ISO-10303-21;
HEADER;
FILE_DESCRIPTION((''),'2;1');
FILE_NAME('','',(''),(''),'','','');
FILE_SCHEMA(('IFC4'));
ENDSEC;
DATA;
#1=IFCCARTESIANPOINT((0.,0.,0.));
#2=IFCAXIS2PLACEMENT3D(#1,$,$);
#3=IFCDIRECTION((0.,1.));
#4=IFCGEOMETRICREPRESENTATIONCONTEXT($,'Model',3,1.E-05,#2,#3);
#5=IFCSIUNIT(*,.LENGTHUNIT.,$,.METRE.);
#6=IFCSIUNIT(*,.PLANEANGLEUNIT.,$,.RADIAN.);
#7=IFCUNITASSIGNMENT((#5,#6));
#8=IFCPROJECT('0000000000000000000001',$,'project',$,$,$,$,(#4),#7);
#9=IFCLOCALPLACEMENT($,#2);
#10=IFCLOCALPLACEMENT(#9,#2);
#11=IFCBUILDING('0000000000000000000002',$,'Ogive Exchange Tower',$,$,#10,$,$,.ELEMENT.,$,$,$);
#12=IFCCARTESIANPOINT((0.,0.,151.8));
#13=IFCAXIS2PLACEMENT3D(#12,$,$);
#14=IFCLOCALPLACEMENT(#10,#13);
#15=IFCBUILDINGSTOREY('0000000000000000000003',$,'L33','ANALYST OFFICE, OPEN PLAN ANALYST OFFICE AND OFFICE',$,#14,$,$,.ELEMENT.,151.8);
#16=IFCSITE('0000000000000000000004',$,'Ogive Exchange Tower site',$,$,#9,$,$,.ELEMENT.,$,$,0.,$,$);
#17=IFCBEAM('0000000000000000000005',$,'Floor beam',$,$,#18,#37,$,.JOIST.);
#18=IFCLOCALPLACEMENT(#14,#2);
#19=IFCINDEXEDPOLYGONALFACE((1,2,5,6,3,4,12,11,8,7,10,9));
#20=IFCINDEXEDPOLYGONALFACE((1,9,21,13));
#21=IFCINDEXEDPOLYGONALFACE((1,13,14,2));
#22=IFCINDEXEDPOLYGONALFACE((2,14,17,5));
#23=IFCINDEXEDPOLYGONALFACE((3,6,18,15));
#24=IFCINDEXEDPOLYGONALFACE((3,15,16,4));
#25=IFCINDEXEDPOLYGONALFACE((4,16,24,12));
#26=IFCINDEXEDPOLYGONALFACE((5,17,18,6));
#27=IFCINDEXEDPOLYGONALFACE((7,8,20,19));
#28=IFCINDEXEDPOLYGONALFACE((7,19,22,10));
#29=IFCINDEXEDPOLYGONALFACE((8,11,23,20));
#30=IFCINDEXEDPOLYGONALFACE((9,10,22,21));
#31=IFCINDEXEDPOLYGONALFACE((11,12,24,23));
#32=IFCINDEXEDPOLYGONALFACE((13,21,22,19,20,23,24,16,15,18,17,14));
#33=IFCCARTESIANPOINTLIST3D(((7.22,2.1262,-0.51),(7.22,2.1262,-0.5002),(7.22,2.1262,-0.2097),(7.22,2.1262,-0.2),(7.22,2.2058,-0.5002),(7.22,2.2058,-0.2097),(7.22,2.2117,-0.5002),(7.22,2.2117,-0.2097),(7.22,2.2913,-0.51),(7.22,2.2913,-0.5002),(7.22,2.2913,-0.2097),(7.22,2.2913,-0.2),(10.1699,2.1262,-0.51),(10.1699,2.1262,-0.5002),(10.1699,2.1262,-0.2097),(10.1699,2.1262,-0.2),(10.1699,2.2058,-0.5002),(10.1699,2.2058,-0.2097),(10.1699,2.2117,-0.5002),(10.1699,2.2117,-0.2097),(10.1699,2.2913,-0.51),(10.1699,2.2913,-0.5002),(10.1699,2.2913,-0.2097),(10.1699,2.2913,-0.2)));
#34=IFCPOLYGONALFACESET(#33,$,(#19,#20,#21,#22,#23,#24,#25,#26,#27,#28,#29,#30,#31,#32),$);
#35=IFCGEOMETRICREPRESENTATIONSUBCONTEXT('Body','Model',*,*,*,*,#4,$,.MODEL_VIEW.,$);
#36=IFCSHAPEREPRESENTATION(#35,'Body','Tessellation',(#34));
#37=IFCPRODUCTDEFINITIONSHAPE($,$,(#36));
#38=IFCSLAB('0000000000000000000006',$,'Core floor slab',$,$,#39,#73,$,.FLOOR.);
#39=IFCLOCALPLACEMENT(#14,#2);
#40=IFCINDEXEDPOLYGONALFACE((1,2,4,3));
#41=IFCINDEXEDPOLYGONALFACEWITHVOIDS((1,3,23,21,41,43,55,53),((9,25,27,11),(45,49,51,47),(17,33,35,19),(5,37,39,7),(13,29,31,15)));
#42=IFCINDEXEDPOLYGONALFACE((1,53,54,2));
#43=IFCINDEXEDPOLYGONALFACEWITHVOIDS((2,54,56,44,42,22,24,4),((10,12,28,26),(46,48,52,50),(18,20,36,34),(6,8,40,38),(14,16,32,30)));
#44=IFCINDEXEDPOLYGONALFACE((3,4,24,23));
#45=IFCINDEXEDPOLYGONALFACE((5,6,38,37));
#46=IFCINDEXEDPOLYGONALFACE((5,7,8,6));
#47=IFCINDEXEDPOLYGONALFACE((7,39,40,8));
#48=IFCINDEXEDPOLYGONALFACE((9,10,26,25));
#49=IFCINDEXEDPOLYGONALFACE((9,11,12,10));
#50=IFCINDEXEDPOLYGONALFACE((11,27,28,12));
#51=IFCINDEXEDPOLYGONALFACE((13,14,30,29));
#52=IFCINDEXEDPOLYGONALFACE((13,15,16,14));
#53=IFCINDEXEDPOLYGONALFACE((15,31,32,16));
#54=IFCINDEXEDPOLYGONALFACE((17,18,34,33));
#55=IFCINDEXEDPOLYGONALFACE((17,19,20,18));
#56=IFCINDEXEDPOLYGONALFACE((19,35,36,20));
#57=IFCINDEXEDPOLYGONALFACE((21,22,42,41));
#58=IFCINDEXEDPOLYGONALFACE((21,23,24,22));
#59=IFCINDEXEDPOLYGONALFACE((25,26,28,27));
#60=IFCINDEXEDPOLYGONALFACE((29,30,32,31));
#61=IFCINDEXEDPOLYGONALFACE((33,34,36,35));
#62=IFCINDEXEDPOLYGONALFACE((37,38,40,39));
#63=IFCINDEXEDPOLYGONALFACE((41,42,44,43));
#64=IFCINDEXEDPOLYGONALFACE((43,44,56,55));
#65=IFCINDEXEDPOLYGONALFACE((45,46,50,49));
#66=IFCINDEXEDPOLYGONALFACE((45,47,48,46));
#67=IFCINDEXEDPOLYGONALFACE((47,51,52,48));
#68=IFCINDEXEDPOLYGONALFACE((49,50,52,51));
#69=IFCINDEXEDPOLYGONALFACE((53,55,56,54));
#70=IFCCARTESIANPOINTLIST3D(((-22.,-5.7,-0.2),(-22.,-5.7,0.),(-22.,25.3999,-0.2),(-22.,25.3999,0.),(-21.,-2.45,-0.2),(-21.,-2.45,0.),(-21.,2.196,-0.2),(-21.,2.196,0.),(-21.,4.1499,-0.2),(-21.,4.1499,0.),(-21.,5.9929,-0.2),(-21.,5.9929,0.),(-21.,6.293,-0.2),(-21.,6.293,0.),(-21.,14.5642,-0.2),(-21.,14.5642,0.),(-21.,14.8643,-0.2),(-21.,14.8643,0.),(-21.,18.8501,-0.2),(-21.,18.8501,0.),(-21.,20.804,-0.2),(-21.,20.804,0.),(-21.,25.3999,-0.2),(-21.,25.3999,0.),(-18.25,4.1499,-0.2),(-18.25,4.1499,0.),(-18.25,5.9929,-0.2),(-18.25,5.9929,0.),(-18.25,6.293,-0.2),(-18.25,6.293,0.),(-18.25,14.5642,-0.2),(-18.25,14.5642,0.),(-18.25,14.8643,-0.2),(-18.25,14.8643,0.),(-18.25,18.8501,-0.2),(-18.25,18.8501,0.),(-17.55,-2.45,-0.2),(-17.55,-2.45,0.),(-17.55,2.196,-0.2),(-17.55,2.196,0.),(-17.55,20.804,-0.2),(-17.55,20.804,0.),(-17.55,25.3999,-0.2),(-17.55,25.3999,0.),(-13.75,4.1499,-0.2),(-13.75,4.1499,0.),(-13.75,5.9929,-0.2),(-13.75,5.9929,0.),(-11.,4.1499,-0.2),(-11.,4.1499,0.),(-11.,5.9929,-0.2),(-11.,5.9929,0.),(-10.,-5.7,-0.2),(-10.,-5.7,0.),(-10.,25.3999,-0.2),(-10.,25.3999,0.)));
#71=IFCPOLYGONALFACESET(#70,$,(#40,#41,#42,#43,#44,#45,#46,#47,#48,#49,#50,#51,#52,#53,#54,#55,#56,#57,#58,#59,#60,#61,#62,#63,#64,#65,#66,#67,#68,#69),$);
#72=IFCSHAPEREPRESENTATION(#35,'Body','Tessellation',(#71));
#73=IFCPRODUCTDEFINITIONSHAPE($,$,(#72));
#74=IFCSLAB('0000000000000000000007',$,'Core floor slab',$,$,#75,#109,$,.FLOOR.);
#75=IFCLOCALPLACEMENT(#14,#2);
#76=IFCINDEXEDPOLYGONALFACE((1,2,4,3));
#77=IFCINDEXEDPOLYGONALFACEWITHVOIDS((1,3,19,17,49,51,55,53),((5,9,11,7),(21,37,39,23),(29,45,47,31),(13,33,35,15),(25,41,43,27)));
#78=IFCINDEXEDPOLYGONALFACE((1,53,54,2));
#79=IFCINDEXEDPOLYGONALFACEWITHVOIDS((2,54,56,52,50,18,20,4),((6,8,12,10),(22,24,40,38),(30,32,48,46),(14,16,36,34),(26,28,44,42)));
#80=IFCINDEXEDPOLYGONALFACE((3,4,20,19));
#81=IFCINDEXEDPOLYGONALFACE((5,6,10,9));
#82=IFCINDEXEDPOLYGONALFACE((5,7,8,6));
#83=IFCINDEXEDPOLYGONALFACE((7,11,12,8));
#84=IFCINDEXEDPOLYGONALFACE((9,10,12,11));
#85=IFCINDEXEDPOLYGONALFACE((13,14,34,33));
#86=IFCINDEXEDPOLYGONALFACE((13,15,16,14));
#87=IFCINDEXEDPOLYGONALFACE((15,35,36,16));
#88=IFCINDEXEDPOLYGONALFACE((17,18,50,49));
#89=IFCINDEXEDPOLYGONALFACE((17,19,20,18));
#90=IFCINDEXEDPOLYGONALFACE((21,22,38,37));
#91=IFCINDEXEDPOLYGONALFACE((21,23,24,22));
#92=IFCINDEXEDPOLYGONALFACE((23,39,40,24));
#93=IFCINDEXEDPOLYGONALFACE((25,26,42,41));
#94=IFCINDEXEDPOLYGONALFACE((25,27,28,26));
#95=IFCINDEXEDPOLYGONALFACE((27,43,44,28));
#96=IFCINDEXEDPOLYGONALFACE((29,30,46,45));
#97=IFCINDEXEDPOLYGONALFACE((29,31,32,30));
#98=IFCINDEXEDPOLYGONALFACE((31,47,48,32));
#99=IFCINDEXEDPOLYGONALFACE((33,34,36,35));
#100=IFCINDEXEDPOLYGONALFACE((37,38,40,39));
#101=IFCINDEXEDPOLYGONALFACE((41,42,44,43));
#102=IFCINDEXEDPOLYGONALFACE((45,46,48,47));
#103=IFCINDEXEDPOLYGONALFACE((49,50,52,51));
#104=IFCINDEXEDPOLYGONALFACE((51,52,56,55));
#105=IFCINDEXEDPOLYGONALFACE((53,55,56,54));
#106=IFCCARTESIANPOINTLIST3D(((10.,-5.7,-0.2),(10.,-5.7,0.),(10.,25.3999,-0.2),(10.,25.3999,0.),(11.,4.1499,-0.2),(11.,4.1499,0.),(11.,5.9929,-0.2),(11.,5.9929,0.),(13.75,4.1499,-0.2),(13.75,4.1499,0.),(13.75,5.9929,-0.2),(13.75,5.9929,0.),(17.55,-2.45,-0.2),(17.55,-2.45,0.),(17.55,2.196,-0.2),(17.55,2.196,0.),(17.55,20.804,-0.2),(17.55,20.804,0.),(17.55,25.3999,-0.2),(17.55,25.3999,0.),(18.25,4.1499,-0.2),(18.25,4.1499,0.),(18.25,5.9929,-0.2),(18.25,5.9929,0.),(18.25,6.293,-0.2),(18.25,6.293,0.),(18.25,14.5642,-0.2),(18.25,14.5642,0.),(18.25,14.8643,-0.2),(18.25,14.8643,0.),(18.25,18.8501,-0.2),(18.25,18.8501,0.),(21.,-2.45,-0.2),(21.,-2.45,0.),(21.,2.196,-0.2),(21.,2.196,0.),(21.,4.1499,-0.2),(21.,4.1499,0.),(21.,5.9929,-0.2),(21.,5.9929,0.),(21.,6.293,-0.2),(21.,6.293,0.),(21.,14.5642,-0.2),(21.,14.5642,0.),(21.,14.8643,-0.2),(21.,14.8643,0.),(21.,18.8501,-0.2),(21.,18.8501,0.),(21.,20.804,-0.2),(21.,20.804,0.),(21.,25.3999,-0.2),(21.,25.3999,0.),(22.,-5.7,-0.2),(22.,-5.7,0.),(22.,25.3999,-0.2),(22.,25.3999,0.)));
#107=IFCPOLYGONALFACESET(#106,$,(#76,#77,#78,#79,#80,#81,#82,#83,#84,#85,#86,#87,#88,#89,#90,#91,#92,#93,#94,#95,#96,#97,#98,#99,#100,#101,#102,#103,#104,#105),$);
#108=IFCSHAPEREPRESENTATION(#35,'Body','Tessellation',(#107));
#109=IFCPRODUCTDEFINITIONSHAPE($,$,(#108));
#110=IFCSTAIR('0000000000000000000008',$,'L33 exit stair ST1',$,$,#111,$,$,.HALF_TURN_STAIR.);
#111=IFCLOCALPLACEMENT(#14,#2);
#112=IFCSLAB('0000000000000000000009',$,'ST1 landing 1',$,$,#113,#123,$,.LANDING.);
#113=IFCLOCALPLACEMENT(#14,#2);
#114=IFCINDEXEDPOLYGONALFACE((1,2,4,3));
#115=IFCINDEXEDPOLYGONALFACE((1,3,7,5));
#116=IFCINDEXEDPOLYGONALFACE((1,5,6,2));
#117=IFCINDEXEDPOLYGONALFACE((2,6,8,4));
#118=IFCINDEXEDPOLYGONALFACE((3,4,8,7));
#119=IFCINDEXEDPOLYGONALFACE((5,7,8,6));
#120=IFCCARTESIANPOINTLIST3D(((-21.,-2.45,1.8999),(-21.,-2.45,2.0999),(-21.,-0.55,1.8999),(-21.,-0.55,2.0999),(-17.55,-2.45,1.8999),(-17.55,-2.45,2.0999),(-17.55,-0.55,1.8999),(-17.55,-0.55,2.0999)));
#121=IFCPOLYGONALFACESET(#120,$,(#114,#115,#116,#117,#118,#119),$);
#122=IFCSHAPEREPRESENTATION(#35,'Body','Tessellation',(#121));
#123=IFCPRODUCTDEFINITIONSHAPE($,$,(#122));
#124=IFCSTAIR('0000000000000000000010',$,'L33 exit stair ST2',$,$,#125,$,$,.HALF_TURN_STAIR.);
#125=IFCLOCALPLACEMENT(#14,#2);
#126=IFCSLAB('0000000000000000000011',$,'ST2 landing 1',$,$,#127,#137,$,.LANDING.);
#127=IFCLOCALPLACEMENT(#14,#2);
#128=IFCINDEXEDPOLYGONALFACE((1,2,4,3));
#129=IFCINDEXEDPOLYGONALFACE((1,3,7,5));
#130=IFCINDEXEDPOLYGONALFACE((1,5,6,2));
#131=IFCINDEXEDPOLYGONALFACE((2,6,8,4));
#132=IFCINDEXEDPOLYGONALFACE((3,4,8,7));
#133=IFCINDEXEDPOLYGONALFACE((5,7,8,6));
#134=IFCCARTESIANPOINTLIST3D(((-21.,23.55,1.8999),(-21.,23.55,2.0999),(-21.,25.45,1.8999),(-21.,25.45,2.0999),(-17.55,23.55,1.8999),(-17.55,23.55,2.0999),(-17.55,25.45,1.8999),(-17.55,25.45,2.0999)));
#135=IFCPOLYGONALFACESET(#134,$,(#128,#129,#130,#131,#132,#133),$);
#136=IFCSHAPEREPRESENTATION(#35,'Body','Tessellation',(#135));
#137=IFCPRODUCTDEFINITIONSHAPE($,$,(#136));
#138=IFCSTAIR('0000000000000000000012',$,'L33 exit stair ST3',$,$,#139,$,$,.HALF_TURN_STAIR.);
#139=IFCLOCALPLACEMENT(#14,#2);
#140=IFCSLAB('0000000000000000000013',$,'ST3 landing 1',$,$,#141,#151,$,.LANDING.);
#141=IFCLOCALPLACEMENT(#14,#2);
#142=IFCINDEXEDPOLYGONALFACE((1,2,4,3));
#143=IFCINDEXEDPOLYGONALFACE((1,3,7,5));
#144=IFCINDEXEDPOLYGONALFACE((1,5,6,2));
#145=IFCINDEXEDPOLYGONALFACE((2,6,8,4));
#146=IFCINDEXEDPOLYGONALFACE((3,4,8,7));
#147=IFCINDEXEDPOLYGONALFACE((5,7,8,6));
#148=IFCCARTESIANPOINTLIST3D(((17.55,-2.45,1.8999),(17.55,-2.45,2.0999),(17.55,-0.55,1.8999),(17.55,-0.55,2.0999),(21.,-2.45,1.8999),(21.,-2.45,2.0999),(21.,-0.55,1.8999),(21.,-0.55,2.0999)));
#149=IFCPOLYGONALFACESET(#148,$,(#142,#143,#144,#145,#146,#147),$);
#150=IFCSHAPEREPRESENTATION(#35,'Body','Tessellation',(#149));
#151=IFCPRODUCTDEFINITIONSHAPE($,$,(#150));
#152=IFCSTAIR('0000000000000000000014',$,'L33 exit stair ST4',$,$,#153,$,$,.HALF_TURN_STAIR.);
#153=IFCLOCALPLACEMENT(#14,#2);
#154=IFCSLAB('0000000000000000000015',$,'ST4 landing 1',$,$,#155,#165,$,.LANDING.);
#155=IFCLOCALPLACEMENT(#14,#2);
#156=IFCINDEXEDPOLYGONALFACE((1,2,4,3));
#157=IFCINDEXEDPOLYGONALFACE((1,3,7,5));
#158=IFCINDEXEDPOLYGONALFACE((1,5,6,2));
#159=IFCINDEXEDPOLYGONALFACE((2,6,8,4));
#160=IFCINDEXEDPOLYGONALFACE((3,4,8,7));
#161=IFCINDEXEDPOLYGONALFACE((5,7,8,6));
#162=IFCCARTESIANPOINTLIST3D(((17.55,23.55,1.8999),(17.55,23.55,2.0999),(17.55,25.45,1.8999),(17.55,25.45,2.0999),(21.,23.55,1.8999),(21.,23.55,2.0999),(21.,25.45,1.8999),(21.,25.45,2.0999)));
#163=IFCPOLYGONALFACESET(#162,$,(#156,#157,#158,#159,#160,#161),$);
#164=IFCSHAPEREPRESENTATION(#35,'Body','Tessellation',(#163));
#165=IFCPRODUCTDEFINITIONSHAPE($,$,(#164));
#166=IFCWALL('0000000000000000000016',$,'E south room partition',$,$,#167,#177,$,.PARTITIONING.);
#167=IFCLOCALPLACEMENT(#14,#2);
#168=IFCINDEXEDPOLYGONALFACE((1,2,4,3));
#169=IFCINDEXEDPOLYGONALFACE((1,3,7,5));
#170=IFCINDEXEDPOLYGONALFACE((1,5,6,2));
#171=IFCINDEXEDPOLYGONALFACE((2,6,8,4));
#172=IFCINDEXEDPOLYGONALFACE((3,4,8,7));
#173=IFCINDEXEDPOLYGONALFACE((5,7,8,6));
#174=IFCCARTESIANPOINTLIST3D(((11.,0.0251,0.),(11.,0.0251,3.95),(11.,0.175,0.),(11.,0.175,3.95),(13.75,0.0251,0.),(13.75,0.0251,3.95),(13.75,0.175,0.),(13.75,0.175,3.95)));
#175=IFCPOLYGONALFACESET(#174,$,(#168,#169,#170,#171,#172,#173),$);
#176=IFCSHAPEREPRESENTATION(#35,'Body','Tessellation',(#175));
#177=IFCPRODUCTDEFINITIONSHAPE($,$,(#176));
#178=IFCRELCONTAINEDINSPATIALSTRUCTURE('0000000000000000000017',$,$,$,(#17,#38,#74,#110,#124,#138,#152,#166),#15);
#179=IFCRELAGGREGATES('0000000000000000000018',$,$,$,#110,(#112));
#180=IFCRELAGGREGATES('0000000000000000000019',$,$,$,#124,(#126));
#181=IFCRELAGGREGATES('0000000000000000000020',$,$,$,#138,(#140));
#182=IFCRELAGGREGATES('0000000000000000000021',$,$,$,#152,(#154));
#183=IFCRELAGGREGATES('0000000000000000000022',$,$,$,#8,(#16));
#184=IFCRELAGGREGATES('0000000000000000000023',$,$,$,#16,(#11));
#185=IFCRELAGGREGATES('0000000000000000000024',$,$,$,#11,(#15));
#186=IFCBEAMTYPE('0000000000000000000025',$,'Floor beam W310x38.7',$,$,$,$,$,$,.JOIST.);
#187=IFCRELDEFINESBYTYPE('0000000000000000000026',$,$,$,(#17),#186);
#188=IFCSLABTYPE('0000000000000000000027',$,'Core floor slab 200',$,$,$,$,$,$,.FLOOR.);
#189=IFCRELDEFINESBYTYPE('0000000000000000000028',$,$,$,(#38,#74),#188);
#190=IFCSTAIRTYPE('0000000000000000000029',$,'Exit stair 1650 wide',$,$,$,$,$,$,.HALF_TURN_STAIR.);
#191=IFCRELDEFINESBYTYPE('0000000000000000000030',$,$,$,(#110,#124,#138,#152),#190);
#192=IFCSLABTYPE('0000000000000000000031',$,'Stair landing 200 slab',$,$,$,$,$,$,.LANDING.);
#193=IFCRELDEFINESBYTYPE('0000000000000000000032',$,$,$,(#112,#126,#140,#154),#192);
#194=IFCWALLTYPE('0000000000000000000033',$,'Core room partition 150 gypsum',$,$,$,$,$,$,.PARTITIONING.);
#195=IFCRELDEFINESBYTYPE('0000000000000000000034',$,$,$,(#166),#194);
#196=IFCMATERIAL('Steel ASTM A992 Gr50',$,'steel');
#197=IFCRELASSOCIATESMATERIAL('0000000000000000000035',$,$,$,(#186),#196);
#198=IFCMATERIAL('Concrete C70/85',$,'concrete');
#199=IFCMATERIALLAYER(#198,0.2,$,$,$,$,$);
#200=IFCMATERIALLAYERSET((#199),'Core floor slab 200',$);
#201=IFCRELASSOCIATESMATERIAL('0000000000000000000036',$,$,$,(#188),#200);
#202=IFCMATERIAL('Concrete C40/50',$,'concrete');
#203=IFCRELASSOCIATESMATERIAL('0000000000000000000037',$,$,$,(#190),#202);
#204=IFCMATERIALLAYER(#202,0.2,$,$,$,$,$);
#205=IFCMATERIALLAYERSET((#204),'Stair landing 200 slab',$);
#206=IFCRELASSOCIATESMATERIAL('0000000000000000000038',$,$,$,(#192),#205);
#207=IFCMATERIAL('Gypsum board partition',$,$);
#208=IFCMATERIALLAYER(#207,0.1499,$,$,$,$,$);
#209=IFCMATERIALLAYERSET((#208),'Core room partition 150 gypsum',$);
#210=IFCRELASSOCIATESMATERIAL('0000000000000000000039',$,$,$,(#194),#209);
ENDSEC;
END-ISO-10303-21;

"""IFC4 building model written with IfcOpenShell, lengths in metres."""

from ifc_helpers import new_model, si_unit, direction, frame, frame_2d, origin, origin_2d, place, context, subcontext, project, spatial, polyline, rectangle, i_section, outline, extrude, material, layer, layer_set, material_profile, profile_set, type_object, element, aggregate, save


model = new_model("IFC4")

# Units and contexts
model_context = context("Model", 3, precision=1e-05, world=origin(), true_north=direction((0.0, 1.0)))
body_context = subcontext(model_context, "Body", "Model", "MODEL_VIEW")
ifc_project = project(units=[si_unit("LENGTHUNIT", "METRE"), si_unit("PLANEANGLEUNIT", "RADIAN")], contexts=[model_context])

# Site, building, storey
site_placement = place(None, origin())
site = spatial("IfcSite", under=ifc_project, at=site_placement, Name="Ogive Exchange Tower site", CompositionType="ELEMENT", RefElevation=0.0)
building_placement = place(site_placement, origin())
building = spatial("IfcBuilding", under=site, at=building_placement, Name="Ogive Exchange Tower", CompositionType="ELEMENT")
storey_placement = place(building_placement, frame((0.0, 0.0, 151.8)))
storey = spatial("IfcBuildingStorey", under=building, at=storey_placement, Name="L33", Description="ANALYST OFFICE, OPEN PLAN ANALYST OFFICE AND OFFICE", CompositionType="ELEMENT", Elevation=151.8)

# Beam
ifc_material_1 = material(Name="Steel ASTM A992 Gr50", Category="steel")
ifc_material_profile = material_profile(ifc_material_1, i_section(OverallWidth=0.165, OverallDepth=0.3101, WebThickness=0.0059, FlangeThickness=0.0098, at=origin_2d()), Name="W310x38.7")
ifc_profile_set = profile_set([ifc_material_profile], Name="Steel ASTM A992 Gr50")
beam_type = type_object("IfcBeamType", Name="Floor beam W310x38.7", PredefinedType="JOIST", material=ifc_profile_set)
beam_placement = place(storey_placement, frame((7.22, 2.2087, -0.355), z_axis=(1.0, 0.0, 0.0), x_axis=(0.0, 1.0, 0.0)))
element("IfcBeam", 1, at=beam_placement, inside=storey, type_object=beam_type, Name="Floor beam", PredefinedType="JOIST", context=body_context, shape_type="SweptSolid", body=[
    extrude(i_section(OverallWidth=0.165, OverallDepth=0.3101, WebThickness=0.0059, FlangeThickness=0.0098, at=origin_2d()), origin(), (0.0, 0.0, 1.0), 2.95),
])

# Slabs
ifc_material_2 = material(Name="Concrete C70/85", Category="concrete")
ifc_layer_1 = layer(ifc_material_2, 0.2)
ifc_layer_set_1 = layer_set([ifc_layer_1], Name="Core floor slab 200")
slab_type_1 = type_object("IfcSlabType", Name="Core floor slab 200", PredefinedType="FLOOR", material=ifc_layer_set_1)
slab_1_placement = place(storey_placement, frame((0.0, 0.0, -0.2)))
element("IfcSlab", 2, at=slab_1_placement, inside=storey, type_object=slab_type_1, Name="Core floor slab", PredefinedType="FLOOR", context=body_context, shape_type="SweptSolid", body=[
    extrude(outline(polyline([(-10.0, 25.3999), (-10.0, -5.7), (-22.0, -5.7), (-22.0, 25.3999), (-21.0, 25.3999), (-21.0, 20.804), (-17.55, 20.804), (-17.55, 25.3999), (-10.0, 25.3999)]), holes=[polyline([(-17.55, 2.196), (-21.0, 2.196), (-21.0, -2.45), (-17.55, -2.45), (-17.55, 2.196)]), polyline([(-18.25, 5.9929), (-21.0, 5.9929), (-21.0, 4.1499), (-18.25, 4.1499), (-18.25, 5.9929)]), polyline([(-11.0, 5.9929), (-13.75, 5.9929), (-13.75, 4.1499), (-11.0, 4.1499), (-11.0, 5.9929)]), polyline([(-21.0, 14.5642), (-21.0, 6.293), (-18.25, 6.293), (-18.25, 14.5642), (-21.0, 14.5642)]), polyline([(-18.25, 18.8501), (-21.0, 18.8501), (-21.0, 14.8643), (-18.25, 14.8643), (-18.25, 18.8501)])]), origin(), (0.0, 0.0, 1.0), 0.2),
])
slab_2_placement = place(storey_placement, frame((0.0, 0.0, -0.2)))
element("IfcSlab", 3, at=slab_2_placement, inside=storey, type_object=slab_type_1, Name="Core floor slab", PredefinedType="FLOOR", context=body_context, shape_type="SweptSolid", body=[
    extrude(outline(polyline([(22.0, 25.3999), (22.0, -5.7), (10.0, -5.7), (10.0, 25.3999), (17.55, 25.3999), (17.55, 20.804), (21.0, 20.804), (21.0, 25.3999), (22.0, 25.3999)]), holes=[polyline([(21.0, 2.196), (17.55, 2.196), (17.55, -2.45), (21.0, -2.45), (21.0, 2.196)]), polyline([(13.75, 5.9929), (11.0, 5.9929), (11.0, 4.1499), (13.75, 4.1499), (13.75, 5.9929)]), polyline([(21.0, 5.9929), (18.25, 5.9929), (18.25, 4.1499), (21.0, 4.1499), (21.0, 5.9929)]), polyline([(18.25, 14.5642), (18.25, 6.293), (21.0, 6.293), (21.0, 14.5642), (18.25, 14.5642)]), polyline([(21.0, 18.8501), (18.25, 18.8501), (18.25, 14.8643), (21.0, 14.8643), (21.0, 18.8501)])]), origin(), (0.0, 0.0, 1.0), 0.2),
])

# Stairs, slabs
ifc_material_3 = material(Name="Concrete C40/50", Category="concrete")
stair_type = type_object("IfcStairType", Name="Exit stair 1650 wide", PredefinedType="HALF_TURN_STAIR", material=ifc_material_3)
stair_1_placement = place(storey_placement, origin())
stair_1 = element("IfcStair", 4, at=stair_1_placement, inside=storey, type_object=stair_type, Name="L33 exit stair ST1", PredefinedType="HALF_TURN_STAIR")
ifc_layer_2 = layer(ifc_material_3, 0.2)
ifc_layer_set_2 = layer_set([ifc_layer_2], Name="Stair landing 200 slab")
slab_type_2 = type_object("IfcSlabType", Name="Stair landing 200 slab", PredefinedType="LANDING", material=ifc_layer_set_2)
slab_3_placement = place(storey_placement, frame((0.0, 0.0, 1.8999)))
slab_3 = element("IfcSlab", 5, at=slab_3_placement, type_object=slab_type_2, Name="ST1 landing 1", PredefinedType="LANDING", context=body_context, shape_type="SweptSolid", body=[
    extrude(outline(polyline([(-21.0, -0.55), (-21.0, -2.45), (-17.55, -2.45), (-17.55, -0.55), (-21.0, -0.55)])), origin(), (0.0, 0.0, 1.0), 0.2),
])
aggregate(stair_1, [slab_3])
stair_2_placement = place(storey_placement, origin())
stair_2 = element("IfcStair", 6, at=stair_2_placement, inside=storey, type_object=stair_type, Name="L33 exit stair ST2", PredefinedType="HALF_TURN_STAIR")
slab_4_placement = place(storey_placement, frame((0.0, 0.0, 1.8999)))
slab_4 = element("IfcSlab", 7, at=slab_4_placement, type_object=slab_type_2, Name="ST2 landing 1", PredefinedType="LANDING", context=body_context, shape_type="SweptSolid", body=[
    extrude(outline(polyline([(-17.55, 23.55), (-17.55, 25.45), (-21.0, 25.45), (-21.0, 23.55), (-17.55, 23.55)])), origin(), (0.0, 0.0, 1.0), 0.2),
])
aggregate(stair_2, [slab_4])
stair_3_placement = place(storey_placement, origin())
stair_3 = element("IfcStair", 8, at=stair_3_placement, inside=storey, type_object=stair_type, Name="L33 exit stair ST3", PredefinedType="HALF_TURN_STAIR")
slab_5_placement = place(storey_placement, frame((0.0, 0.0, 1.8999)))
slab_5 = element("IfcSlab", 9, at=slab_5_placement, type_object=slab_type_2, Name="ST3 landing 1", PredefinedType="LANDING", context=body_context, shape_type="SweptSolid", body=[
    extrude(outline(polyline([(17.55, -0.55), (17.55, -2.45), (21.0, -2.45), (21.0, -0.55), (17.55, -0.55)])), origin(), (0.0, 0.0, 1.0), 0.2),
])
aggregate(stair_3, [slab_5])
stair_4_placement = place(storey_placement, origin())
stair_4 = element("IfcStair", 10, at=stair_4_placement, inside=storey, type_object=stair_type, Name="L33 exit stair ST4", PredefinedType="HALF_TURN_STAIR")
slab_6_placement = place(storey_placement, frame((0.0, 0.0, 1.8999)))
slab_6 = element("IfcSlab", 11, at=slab_6_placement, type_object=slab_type_2, Name="ST4 landing 1", PredefinedType="LANDING", context=body_context, shape_type="SweptSolid", body=[
    extrude(outline(polyline([(21.0, 23.55), (21.0, 25.45), (17.55, 25.45), (17.55, 23.55), (21.0, 23.55)])), origin(), (0.0, 0.0, 1.0), 0.2),
])
aggregate(stair_4, [slab_6])

# Wall
ifc_material_4 = material(Name="Gypsum board partition")
ifc_layer_3 = layer(ifc_material_4, 0.1499)
ifc_layer_set_3 = layer_set([ifc_layer_3], Name="Core room partition 150 gypsum")
wall_type_1 = type_object("IfcWallType", Name="Core room partition 150 gypsum", PredefinedType="PARTITIONING", material=ifc_layer_set_3)
wall_1_placement = place(storey_placement, frame((11.0, 0.1001, 0.0), z_axis=(0.0, 0.0, 1.0), x_axis=(1.0, 0.0, 0.0)))
element("IfcWall", 12, at=wall_1_placement, inside=storey, type_object=wall_type_1, Name="E south room partition", PredefinedType="PARTITIONING", context=body_context, shape_type="SweptSolid", body=[
    extrude(rectangle(XDim=2.75, YDim=0.1499, at=frame_2d((1.375, 0.0))), origin(), (0.0, 0.0, 1.0), 3.95),
])

save(model, "model.ifc")
